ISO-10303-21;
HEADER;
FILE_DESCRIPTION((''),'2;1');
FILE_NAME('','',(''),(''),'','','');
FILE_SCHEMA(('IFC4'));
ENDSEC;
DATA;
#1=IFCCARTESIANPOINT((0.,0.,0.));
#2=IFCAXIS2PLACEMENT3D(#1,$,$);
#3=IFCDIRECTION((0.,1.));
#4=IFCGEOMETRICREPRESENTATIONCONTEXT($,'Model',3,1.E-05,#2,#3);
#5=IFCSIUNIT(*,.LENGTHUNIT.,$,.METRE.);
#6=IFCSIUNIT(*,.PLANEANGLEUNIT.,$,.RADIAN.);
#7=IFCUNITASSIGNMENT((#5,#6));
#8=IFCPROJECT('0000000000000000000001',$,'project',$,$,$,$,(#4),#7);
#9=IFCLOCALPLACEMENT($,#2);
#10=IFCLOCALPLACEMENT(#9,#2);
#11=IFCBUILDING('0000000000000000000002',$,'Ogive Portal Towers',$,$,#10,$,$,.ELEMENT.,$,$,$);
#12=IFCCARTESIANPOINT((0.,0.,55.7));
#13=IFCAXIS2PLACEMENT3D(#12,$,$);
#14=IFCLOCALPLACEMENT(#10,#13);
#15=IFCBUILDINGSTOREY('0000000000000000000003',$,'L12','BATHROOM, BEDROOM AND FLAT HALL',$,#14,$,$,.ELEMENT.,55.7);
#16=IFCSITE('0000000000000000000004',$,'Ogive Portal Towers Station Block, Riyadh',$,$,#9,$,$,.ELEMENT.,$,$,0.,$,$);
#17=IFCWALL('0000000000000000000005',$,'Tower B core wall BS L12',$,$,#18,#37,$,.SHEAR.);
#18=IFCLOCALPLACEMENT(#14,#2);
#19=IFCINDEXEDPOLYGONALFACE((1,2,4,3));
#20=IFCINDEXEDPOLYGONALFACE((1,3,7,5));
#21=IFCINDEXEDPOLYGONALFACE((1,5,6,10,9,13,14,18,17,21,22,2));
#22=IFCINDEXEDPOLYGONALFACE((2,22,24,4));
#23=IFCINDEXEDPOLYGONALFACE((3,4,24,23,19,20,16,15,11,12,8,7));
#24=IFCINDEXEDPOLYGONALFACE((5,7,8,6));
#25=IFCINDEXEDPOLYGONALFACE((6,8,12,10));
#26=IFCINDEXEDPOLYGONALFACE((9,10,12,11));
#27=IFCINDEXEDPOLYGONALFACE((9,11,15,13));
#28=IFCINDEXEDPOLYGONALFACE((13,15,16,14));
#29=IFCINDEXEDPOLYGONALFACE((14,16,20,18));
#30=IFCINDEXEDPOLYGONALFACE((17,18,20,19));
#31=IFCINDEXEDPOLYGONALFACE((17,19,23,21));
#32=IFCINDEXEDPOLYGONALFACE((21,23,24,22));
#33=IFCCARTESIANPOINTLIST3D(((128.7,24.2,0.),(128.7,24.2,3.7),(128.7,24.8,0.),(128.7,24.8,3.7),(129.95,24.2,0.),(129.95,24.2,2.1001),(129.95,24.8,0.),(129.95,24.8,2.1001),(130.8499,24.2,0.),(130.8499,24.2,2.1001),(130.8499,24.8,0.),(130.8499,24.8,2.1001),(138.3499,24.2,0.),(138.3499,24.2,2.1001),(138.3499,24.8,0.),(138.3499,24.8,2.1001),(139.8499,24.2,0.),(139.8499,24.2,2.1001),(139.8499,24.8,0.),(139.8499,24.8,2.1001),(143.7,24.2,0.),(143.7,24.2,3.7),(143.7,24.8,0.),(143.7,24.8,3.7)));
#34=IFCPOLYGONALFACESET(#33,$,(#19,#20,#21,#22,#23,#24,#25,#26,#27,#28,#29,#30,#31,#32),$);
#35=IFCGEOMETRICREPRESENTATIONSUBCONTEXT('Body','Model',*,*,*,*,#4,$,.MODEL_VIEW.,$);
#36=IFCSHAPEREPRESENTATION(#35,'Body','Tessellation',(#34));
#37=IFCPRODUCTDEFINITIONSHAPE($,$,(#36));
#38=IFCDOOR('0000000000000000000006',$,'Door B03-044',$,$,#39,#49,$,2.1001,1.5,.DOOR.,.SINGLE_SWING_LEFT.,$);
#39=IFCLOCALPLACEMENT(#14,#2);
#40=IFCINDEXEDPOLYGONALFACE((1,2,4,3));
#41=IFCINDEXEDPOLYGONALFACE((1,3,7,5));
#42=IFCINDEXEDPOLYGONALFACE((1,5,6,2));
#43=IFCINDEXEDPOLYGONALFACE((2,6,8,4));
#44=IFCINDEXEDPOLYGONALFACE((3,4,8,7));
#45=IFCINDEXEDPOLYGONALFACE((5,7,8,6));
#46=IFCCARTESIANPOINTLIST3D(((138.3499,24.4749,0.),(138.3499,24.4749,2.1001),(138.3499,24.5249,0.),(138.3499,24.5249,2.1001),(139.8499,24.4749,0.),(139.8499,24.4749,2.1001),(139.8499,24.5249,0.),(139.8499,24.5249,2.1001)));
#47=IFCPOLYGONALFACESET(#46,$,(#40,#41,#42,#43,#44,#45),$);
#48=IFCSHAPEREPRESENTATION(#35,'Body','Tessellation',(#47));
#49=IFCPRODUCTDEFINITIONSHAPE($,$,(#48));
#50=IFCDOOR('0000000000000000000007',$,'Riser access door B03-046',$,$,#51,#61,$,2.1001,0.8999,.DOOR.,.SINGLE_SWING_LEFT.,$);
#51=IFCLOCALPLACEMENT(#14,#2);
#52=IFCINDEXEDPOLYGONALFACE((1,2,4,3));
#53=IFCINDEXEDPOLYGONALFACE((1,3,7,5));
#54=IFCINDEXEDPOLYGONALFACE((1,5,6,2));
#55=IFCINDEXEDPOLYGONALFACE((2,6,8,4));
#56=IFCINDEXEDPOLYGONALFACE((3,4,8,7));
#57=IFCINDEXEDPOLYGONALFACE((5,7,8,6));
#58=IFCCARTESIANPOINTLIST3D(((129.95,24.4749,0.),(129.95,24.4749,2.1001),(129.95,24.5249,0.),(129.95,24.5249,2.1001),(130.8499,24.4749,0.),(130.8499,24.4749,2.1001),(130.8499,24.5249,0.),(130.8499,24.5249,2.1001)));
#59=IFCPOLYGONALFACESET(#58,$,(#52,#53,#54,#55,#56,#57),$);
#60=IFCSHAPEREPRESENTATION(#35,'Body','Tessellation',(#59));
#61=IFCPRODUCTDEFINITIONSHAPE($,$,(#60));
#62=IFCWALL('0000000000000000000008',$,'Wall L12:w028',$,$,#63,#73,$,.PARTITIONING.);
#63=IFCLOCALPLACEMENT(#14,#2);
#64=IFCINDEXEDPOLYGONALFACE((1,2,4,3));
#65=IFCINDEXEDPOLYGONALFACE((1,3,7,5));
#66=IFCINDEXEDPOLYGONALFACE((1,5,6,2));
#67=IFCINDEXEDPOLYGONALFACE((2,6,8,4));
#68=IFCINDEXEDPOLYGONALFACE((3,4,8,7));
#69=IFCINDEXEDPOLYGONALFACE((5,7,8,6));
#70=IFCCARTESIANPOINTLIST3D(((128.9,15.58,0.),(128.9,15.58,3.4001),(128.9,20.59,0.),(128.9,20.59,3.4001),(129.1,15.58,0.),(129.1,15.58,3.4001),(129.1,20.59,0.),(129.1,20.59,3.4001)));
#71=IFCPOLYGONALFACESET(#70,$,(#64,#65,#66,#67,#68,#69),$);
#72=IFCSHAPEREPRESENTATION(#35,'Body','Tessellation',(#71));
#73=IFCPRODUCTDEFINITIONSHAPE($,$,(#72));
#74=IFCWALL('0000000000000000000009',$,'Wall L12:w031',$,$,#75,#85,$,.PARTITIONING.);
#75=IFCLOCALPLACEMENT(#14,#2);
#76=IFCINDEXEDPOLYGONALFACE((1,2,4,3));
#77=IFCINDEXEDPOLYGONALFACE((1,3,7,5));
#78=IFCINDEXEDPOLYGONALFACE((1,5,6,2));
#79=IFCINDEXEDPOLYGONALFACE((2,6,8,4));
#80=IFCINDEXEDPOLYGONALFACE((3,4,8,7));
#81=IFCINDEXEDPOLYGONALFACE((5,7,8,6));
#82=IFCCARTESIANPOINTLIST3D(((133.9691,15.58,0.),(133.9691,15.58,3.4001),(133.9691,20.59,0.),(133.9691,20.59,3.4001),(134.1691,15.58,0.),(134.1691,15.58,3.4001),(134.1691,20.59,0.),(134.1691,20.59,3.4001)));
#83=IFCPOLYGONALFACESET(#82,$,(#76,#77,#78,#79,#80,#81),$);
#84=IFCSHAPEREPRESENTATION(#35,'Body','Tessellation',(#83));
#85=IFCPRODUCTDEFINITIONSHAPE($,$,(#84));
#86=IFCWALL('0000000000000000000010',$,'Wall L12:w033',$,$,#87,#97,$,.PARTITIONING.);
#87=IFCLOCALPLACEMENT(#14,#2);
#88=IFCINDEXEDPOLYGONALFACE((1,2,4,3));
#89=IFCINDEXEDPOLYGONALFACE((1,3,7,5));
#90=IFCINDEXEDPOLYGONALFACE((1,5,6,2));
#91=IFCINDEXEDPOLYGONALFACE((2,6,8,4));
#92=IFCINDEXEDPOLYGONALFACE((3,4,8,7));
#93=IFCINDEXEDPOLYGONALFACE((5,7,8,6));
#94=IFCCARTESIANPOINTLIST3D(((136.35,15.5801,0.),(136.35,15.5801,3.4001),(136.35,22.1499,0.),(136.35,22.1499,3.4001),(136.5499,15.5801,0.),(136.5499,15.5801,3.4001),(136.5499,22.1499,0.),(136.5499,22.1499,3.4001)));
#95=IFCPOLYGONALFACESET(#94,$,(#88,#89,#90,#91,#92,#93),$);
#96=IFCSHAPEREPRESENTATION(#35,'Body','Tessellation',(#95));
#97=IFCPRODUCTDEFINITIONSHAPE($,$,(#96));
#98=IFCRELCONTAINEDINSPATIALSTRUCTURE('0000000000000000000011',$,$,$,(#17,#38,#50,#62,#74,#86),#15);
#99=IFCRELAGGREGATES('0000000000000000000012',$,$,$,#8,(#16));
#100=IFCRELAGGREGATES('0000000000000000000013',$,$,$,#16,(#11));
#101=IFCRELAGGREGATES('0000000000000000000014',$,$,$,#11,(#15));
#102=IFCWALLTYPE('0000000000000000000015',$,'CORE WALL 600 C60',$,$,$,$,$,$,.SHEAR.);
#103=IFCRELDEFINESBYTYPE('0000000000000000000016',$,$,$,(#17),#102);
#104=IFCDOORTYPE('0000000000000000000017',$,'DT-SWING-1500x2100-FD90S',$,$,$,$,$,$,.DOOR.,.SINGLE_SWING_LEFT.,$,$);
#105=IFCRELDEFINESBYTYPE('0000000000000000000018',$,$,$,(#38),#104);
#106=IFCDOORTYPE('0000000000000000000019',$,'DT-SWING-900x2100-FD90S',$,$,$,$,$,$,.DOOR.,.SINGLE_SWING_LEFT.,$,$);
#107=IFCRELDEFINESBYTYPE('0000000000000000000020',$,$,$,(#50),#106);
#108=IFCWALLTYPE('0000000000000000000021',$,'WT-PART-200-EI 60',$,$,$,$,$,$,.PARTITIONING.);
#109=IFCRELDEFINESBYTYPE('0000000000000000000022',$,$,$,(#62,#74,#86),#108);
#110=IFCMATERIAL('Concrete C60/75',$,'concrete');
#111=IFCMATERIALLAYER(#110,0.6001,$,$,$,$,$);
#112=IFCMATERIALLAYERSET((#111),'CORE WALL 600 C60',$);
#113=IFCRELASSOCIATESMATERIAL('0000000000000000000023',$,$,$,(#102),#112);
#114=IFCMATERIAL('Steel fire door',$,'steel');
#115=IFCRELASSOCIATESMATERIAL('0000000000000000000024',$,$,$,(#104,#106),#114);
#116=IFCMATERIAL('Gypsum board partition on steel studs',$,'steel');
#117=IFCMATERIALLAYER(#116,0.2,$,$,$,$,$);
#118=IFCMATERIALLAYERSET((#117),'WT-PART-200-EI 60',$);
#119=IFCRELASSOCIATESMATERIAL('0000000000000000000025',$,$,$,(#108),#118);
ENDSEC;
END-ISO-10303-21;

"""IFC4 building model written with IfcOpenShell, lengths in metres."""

from ifc_helpers import new_model, si_unit, direction, frame, frame_2d, origin, place, context, subcontext, project, spatial, rectangle, extrude, material, layer, layer_set, type_object, element, fill, save


model = new_model("IFC4")

# Units and contexts
model_context = context("Model", 3, precision=1e-05, world=origin(), true_north=direction((0.0, 1.0)))
body_context = subcontext(model_context, "Body", "Model", "MODEL_VIEW")
ifc_project = project(units=[si_unit("LENGTHUNIT", "METRE"), si_unit("PLANEANGLEUNIT", "RADIAN")], contexts=[model_context])

# Site, building, storey
site_placement = place(None, origin())
site = spatial("IfcSite", under=ifc_project, at=site_placement, Name="Ogive Portal Towers Station Block, Riyadh", CompositionType="ELEMENT", RefElevation=0.0)
building_placement = place(site_placement, origin())
building = spatial("IfcBuilding", under=site, at=building_placement, Name="Ogive Portal Towers", CompositionType="ELEMENT")
storey_placement = place(building_placement, frame((0.0, 0.0, 55.7)))
storey = spatial("IfcBuildingStorey", under=building, at=storey_placement, Name="L12", Description="BATHROOM, BEDROOM AND FLAT HALL", CompositionType="ELEMENT", Elevation=55.7)

# Shared definitions
ifc_material_1 = material(Name="Concrete C60/75", Category="concrete")

# Shared definitions
ifc_material_2 = material(Name="Steel fire door", Category="steel")

# Shared definitions
ifc_layer_1 = layer(ifc_material_1, 0.6001)
ifc_layer_set_1 = layer_set([ifc_layer_1], Name="CORE WALL 600 C60")
wall_type_1 = type_object("IfcWallType", Name="CORE WALL 600 C60", PredefinedType="SHEAR", material=ifc_layer_set_1)

# Wall, openings, doors
wall_1_placement = place(storey_placement, frame((128.7, 24.5, 0.0), z_axis=(0.0, 0.0, 1.0), x_axis=(1.0, 0.0, 0.0)))
wall_1 = element("IfcWall", 1, at=wall_1_placement, inside=storey, type_object=wall_type_1, Name="Tower B core wall BS L12", PredefinedType="SHEAR", context=body_context, shape_type="SweptSolid", body=[
    extrude(rectangle(XDim=15.0, YDim=0.6001, at=frame_2d((7.5, 0.0))), origin(), (0.0, 0.0, 1.0), 3.7),
])
opening_1_placement = place(wall_1_placement, frame((9.6499, 0.0, 0.0)))
opening_1 = element("IfcOpeningElement", 2, at=opening_1_placement, cuts=wall_1, PredefinedType="OPENING", context=body_context, shape_type="SweptSolid", body=[
    extrude(rectangle(XDim=1.5, YDim=2.1001, at=frame_2d((0.75, 1.05))), frame((0.0, 0.3101, 0.0), z_axis=(0.0, -1.0, 0.0), x_axis=(1.0, 0.0, 0.0)), (0.0, 0.0, 1.0), 0.6201),
])
opening_2_placement = place(wall_1_placement, frame((1.25, 0.0, 0.0)))
opening_2 = element("IfcOpeningElement", 3, at=opening_2_placement, cuts=wall_1, PredefinedType="OPENING", context=body_context, shape_type="SweptSolid", body=[
    extrude(rectangle(XDim=0.8999, YDim=2.1001, at=frame_2d((0.45, 1.05))), frame((0.0, 0.3101, 0.0), z_axis=(0.0, -1.0, 0.0), x_axis=(1.0, 0.0, 0.0)), (0.0, 0.0, 1.0), 0.6201),
])
door_type_1 = type_object("IfcDoorType", Name="DT-SWING-1500x2100-FD90S", OperationType="SINGLE_SWING_LEFT", PredefinedType="DOOR", material=ifc_material_2)
door_1_placement = place(opening_1_placement, origin())
door_1 = element("IfcDoor", 4, at=door_1_placement, inside=storey, type_object=door_type_1, Name="Door B03-044", OperationType="SINGLE_SWING_LEFT", OverallHeight=2.1001, OverallWidth=1.5, PredefinedType="DOOR", context=body_context, shape_type="SweptSolid", body=[
    extrude(rectangle(XDim=1.5, YDim=2.1001, at=frame_2d((0.75, 1.05))), frame((0.0, 0.0249, 0.0), z_axis=(0.0, -1.0, 0.0), x_axis=(1.0, 0.0, 0.0)), (0.0, 0.0, 1.0), 0.05),
])
fill(opening_1, door_1)
door_type_2 = type_object("IfcDoorType", Name="DT-SWING-900x2100-FD90S", OperationType="SINGLE_SWING_LEFT", PredefinedType="DOOR", material=ifc_material_2)
door_2_placement = place(opening_2_placement, origin())
door_2 = element("IfcDoor", 5, at=door_2_placement, inside=storey, type_object=door_type_2, Name="Riser access door B03-046", OperationType="SINGLE_SWING_LEFT", OverallHeight=2.1001, OverallWidth=0.8999, PredefinedType="DOOR", context=body_context, shape_type="SweptSolid", body=[
    extrude(rectangle(XDim=0.8999, YDim=2.1001, at=frame_2d((0.45, 1.05))), frame((0.0, 0.0249, 0.0), z_axis=(0.0, -1.0, 0.0), x_axis=(1.0, 0.0, 0.0)), (0.0, 0.0, 1.0), 0.05),
])
fill(opening_2, door_2)

# Walls
ifc_material_3 = material(Name="Gypsum board partition on steel studs", Category="steel")
ifc_layer_2 = layer(ifc_material_3, 0.2)
ifc_layer_set_2 = layer_set([ifc_layer_2], Name="WT-PART-200-EI 60")
wall_type_2 = type_object("IfcWallType", Name="WT-PART-200-EI 60", PredefinedType="PARTITIONING", material=ifc_layer_set_2)
for number, where, z_axis, x_axis, name in (
    (6, (129.0, 15.5801, 0.0), (0.0, 0.0, 1.0), (0.0, 1.0, 0.0), "Wall L12:w028"),
    (7, (134.0691, 15.5801, 0.0), (0.0, 0.0, 1.0), (0.0, 1.0, 0.0), "Wall L12:w031"),
):
    element("IfcWall", number, at=place(storey_placement, frame(where, z_axis=z_axis, x_axis=x_axis)), inside=storey, type_object=wall_type_2, Name=name, PredefinedType="PARTITIONING", context=body_context, shape_type="SweptSolid", body=[
        extrude(rectangle(XDim=5.01, YDim=0.2, at=frame_2d((2.5049, 0.0))), origin(), (0.0, 0.0, 1.0), 3.4001),
    ])
wall_2_placement = place(storey_placement, frame((136.45, 15.5801, 0.0), z_axis=(0.0, 0.0, 1.0), x_axis=(0.0, 1.0, 0.0)))
element("IfcWall", 8, at=wall_2_placement, inside=storey, type_object=wall_type_2, Name="Wall L12:w033", PredefinedType="PARTITIONING", context=body_context, shape_type="SweptSolid", body=[
    extrude(rectangle(XDim=6.5698, YDim=0.2, at=frame_2d((3.2849, 0.0))), origin(), (0.0, 0.0, 1.0), 3.4001),
])

save(model, "model.ifc")
